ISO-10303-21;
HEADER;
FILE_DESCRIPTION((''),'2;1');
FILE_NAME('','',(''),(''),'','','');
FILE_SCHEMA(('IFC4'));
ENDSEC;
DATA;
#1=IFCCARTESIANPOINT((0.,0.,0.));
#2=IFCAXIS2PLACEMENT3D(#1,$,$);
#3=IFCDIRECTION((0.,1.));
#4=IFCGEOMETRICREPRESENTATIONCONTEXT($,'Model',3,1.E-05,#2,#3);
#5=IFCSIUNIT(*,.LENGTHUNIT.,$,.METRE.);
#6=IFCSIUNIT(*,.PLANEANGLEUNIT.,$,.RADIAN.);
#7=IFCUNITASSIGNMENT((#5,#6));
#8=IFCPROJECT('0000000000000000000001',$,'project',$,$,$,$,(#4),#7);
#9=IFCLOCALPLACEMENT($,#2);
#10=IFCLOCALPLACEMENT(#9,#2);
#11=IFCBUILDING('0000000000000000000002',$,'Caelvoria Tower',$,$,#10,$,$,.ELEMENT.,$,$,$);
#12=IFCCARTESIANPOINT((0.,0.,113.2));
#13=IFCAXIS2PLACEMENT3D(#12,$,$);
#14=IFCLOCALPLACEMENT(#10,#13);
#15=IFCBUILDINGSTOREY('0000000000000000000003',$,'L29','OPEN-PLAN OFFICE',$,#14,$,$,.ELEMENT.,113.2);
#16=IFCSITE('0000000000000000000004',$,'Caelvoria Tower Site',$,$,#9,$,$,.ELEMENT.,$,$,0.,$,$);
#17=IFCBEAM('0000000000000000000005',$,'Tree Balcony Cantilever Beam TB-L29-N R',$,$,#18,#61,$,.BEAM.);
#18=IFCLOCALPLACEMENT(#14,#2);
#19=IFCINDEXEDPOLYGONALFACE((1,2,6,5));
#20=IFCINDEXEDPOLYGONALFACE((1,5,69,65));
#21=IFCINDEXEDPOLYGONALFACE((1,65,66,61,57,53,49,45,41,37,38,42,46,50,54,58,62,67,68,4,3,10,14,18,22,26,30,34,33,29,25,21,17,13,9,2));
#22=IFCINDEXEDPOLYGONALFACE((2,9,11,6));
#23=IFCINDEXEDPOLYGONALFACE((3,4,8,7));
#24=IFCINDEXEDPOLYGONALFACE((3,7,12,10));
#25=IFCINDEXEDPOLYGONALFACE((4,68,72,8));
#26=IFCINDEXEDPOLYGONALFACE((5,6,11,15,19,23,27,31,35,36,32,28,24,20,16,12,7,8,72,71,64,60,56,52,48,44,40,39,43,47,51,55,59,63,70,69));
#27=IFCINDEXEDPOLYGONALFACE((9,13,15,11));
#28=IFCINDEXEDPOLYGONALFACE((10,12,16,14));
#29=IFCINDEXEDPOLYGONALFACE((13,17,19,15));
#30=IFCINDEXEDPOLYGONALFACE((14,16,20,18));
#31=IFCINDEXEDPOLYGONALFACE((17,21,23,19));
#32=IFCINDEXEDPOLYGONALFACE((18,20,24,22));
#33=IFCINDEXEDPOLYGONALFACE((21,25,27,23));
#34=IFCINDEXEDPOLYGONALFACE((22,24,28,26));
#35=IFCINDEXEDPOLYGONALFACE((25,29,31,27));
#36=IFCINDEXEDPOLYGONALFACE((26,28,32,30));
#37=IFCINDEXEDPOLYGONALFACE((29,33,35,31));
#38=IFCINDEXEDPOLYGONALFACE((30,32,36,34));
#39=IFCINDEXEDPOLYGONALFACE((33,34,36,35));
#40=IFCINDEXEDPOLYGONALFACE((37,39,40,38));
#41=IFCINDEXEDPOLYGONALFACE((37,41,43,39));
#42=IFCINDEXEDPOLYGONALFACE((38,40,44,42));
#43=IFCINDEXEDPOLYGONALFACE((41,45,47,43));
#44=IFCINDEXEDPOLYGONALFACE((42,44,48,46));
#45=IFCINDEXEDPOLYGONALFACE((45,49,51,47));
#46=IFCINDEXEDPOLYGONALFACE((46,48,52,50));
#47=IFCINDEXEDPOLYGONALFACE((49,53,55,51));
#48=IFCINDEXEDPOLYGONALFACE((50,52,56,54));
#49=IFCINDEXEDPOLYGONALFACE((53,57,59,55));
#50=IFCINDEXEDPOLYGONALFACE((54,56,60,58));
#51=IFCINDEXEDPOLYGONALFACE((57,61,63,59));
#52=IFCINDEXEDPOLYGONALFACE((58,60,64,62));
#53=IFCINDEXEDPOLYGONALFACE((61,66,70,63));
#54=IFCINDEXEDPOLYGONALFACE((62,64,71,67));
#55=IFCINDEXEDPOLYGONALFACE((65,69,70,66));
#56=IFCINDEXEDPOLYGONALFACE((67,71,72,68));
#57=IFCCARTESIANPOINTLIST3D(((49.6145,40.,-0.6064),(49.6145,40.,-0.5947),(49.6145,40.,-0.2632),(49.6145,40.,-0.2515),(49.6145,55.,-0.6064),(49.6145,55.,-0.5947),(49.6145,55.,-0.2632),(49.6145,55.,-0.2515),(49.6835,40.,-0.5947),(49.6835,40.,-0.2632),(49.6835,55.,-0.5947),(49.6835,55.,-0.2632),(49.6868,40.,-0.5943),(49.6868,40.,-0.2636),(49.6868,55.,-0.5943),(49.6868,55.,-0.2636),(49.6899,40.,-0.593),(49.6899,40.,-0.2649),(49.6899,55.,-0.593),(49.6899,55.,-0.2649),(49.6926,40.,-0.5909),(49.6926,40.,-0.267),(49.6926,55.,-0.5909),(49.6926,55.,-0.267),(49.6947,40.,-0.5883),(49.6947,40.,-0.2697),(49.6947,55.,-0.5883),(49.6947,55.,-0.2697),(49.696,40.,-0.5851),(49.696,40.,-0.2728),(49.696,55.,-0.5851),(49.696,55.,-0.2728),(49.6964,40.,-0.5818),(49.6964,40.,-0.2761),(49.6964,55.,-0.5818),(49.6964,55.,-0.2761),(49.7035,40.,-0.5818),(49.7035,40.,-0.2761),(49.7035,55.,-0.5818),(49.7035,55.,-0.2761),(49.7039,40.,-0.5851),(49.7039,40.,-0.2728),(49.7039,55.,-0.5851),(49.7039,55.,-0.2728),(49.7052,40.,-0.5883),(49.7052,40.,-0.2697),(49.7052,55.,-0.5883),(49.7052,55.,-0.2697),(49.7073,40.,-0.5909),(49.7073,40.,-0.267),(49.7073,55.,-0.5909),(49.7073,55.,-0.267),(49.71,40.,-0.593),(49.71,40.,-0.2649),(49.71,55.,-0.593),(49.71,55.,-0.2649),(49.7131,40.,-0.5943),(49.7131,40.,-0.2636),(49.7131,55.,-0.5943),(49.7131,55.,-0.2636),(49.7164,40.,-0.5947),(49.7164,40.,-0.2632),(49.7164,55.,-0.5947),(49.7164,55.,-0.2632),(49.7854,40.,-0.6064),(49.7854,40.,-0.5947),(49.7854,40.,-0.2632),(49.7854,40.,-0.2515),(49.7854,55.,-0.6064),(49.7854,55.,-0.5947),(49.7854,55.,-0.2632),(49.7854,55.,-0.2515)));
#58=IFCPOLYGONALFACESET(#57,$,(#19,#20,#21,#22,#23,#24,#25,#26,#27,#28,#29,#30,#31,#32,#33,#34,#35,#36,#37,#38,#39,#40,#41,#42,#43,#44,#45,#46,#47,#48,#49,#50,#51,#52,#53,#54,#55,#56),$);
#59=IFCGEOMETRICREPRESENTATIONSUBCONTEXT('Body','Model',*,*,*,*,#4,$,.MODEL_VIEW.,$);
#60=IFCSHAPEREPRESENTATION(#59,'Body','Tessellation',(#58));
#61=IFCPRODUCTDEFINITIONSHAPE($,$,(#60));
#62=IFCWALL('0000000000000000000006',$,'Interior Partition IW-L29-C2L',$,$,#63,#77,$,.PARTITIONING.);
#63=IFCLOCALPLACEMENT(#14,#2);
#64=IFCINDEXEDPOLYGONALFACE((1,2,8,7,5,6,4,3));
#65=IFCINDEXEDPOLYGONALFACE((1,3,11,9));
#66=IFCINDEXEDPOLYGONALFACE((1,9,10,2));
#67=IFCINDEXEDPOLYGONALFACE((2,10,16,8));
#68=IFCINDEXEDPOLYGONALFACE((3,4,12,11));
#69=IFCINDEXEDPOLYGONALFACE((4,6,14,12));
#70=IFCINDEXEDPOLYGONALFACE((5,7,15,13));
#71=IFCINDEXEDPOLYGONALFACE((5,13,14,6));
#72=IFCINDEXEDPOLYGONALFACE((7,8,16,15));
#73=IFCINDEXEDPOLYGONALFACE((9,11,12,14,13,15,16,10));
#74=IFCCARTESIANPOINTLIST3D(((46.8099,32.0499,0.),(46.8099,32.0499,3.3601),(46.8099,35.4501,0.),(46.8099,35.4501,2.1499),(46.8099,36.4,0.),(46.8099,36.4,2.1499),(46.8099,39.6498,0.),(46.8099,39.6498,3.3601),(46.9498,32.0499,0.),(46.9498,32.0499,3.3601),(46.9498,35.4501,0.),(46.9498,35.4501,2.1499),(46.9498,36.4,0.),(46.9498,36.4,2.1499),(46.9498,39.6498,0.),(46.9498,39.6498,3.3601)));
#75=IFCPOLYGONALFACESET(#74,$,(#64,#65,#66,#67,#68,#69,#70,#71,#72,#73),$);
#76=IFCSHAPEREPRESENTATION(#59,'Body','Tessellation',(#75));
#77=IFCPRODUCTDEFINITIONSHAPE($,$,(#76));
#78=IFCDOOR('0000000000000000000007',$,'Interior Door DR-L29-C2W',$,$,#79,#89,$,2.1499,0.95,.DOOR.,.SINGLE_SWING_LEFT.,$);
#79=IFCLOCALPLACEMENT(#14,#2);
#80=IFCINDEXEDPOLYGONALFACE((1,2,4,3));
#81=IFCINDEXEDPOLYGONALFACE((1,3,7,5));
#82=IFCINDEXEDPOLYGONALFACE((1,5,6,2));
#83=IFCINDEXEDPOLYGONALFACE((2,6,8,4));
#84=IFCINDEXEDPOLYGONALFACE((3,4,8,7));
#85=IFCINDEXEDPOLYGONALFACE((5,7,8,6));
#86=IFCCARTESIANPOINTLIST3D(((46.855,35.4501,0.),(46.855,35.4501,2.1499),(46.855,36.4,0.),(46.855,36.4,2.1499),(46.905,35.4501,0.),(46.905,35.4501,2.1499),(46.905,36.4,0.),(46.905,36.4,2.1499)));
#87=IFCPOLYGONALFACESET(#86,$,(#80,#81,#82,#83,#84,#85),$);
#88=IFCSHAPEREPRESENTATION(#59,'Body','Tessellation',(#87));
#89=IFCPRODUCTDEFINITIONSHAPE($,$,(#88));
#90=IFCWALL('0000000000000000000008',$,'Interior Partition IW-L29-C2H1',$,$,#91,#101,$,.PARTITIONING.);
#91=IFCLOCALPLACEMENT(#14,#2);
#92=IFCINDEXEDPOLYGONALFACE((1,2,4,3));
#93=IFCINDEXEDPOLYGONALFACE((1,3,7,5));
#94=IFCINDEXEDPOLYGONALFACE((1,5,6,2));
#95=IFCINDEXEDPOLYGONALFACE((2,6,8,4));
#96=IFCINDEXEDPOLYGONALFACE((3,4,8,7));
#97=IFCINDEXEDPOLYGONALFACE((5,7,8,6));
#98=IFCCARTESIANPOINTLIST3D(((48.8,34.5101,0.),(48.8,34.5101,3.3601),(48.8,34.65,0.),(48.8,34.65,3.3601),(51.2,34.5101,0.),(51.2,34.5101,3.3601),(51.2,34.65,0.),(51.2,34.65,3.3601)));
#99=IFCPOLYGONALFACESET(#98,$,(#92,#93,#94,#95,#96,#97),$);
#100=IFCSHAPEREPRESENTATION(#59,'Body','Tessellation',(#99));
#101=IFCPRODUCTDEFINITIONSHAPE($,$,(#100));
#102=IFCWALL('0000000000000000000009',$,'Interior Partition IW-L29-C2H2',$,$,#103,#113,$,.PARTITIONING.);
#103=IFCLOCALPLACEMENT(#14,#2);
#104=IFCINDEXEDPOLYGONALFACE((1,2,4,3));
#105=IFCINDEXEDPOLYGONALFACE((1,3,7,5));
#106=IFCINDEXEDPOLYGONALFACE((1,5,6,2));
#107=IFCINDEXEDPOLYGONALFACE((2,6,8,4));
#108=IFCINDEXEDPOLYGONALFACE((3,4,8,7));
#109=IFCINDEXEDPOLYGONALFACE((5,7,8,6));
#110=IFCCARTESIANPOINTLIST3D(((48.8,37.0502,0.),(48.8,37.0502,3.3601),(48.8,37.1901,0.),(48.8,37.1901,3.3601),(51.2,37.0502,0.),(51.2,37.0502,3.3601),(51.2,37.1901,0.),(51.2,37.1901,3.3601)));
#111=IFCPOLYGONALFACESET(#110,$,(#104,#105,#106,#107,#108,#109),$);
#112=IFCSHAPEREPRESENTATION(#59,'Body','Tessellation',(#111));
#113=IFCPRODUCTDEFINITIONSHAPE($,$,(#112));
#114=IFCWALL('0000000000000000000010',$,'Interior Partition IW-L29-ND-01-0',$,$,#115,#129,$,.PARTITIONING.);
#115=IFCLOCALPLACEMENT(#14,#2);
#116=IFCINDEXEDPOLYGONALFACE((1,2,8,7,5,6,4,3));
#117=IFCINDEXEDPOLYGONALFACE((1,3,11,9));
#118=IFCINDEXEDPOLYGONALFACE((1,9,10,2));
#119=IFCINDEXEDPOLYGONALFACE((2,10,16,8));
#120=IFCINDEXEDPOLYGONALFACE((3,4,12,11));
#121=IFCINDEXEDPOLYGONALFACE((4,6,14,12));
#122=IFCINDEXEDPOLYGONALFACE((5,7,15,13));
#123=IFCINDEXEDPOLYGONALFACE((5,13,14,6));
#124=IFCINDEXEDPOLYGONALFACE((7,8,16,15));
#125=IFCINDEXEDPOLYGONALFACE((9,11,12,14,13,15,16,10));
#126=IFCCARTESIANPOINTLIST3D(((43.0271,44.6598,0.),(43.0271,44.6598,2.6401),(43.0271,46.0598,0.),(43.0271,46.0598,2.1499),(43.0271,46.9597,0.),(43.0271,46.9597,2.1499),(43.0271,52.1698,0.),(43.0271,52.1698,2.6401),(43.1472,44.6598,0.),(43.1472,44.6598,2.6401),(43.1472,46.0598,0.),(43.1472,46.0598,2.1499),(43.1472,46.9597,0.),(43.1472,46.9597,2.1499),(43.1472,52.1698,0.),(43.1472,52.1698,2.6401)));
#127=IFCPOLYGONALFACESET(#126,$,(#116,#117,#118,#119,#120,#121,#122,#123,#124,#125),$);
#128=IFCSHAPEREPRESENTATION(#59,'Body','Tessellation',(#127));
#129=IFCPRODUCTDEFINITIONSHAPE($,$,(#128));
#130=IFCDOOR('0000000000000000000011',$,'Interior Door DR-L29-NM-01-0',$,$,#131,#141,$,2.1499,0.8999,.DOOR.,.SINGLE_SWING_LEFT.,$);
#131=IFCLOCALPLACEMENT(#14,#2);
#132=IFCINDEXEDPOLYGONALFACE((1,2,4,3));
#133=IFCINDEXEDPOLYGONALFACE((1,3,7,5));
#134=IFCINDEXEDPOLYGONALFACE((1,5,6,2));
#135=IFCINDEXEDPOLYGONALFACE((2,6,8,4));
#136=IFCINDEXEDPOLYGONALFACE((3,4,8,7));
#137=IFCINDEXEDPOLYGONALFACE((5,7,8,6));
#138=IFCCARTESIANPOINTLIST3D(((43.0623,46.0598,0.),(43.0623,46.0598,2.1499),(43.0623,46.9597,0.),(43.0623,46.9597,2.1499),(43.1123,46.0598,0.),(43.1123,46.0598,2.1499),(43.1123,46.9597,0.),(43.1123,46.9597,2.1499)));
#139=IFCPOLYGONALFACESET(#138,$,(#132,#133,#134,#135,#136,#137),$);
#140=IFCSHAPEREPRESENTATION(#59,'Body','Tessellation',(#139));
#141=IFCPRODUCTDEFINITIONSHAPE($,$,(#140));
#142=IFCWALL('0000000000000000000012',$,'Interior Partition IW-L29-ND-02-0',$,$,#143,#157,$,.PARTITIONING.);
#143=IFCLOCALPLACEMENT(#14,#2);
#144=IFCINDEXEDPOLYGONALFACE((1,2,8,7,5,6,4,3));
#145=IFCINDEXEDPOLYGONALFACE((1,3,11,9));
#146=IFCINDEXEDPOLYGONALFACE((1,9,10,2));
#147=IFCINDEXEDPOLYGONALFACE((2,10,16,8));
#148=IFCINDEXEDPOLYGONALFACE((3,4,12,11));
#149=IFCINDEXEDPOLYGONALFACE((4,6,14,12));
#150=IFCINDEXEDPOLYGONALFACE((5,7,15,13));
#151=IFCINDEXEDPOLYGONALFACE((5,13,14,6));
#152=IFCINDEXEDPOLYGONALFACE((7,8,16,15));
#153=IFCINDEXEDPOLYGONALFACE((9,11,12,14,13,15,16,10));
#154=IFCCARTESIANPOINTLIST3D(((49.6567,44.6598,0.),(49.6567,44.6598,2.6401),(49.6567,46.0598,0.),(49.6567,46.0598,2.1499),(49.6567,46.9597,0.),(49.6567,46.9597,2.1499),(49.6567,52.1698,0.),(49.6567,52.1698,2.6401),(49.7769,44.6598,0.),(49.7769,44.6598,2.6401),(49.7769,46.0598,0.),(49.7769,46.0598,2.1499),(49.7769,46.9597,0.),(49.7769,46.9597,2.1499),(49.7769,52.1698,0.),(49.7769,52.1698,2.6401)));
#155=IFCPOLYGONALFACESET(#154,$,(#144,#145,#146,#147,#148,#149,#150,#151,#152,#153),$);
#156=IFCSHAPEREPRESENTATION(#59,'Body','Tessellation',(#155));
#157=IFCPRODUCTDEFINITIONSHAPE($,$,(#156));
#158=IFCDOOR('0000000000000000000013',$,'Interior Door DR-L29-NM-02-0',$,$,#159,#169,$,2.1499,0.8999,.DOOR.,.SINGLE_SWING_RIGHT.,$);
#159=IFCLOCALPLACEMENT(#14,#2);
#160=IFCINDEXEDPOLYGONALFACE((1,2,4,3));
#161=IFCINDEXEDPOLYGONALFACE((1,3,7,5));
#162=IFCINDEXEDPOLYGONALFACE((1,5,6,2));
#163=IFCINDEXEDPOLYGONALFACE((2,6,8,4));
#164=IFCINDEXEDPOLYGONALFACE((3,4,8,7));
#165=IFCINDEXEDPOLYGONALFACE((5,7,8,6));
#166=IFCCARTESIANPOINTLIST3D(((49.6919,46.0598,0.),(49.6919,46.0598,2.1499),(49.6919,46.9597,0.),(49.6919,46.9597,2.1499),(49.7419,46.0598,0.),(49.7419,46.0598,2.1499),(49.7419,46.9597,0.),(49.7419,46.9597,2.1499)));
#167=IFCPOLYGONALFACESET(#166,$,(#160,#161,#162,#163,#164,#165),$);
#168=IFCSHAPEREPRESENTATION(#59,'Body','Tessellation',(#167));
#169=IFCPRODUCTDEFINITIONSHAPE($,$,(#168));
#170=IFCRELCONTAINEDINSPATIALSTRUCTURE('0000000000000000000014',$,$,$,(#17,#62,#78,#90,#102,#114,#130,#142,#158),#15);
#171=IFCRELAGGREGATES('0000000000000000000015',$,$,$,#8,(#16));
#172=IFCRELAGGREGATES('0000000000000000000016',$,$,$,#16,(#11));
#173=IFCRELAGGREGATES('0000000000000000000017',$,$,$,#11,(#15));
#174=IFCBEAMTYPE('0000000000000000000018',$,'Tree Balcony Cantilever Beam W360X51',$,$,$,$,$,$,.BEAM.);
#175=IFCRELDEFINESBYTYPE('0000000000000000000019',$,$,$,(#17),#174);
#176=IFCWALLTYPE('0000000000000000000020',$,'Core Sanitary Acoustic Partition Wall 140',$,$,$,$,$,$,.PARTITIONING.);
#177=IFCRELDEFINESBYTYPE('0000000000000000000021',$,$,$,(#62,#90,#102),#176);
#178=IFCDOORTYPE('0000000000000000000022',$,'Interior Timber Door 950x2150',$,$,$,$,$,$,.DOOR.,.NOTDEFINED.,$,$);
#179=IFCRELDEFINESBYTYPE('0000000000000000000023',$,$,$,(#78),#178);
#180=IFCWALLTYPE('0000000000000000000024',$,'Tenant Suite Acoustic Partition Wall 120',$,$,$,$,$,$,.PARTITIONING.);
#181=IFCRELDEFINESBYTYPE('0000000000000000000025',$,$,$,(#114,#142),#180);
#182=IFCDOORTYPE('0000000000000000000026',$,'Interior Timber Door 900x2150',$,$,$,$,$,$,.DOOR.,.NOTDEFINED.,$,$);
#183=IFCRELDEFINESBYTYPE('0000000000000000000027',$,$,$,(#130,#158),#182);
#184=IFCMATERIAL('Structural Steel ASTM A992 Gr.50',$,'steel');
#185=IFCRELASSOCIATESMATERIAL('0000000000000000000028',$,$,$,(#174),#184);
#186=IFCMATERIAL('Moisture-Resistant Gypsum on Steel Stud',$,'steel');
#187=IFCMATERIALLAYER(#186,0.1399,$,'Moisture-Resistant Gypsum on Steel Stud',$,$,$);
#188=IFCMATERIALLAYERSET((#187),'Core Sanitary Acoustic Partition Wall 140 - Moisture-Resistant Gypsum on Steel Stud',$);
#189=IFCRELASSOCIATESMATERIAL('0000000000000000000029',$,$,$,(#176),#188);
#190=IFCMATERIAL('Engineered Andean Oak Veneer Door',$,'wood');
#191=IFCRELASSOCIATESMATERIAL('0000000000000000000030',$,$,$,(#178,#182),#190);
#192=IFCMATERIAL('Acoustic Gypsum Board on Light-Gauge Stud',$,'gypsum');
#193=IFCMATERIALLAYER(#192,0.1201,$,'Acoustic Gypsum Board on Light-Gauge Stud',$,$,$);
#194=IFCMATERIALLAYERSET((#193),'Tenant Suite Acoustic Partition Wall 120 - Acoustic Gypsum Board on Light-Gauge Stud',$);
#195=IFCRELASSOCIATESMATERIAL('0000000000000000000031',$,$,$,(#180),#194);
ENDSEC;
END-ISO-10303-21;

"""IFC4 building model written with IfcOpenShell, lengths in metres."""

from ifc_helpers import new_model, si_unit, direction, frame, frame_2d, origin, origin_2d, place, context, subcontext, project, spatial, rectangle, i_section, extrude, material, layer, layer_set, material_profile, profile_set, type_object, element, fill, save


model = new_model("IFC4")

# Units and contexts
model_context = context("Model", 3, precision=1e-05, world=origin(), true_north=direction((0.0, 1.0)))
body_context = subcontext(model_context, "Body", "Model", "MODEL_VIEW")
ifc_project = project(units=[si_unit("LENGTHUNIT", "METRE"), si_unit("PLANEANGLEUNIT", "RADIAN")], contexts=[model_context])

# Site, building, storey
site_placement = place(None, origin())
site = spatial("IfcSite", under=ifc_project, at=site_placement, Name="Caelvoria Tower Site", CompositionType="ELEMENT", RefElevation=0.0)
building_placement = place(site_placement, origin())
building = spatial("IfcBuilding", under=site, at=building_placement, Name="Caelvoria Tower", CompositionType="ELEMENT")
storey_placement = place(building_placement, frame((0.0, 0.0, 113.2)))
storey = spatial("IfcBuildingStorey", under=building, at=storey_placement, Name="L29", Description="OPEN-PLAN OFFICE", CompositionType="ELEMENT", Elevation=113.2)

# Beam
ifc_material_1 = material(Name="Structural Steel ASTM A992 Gr.50", Category="steel")
ifc_material_profile_1 = material_profile(ifc_material_1, i_section(OverallWidth=0.1709, OverallDepth=0.355, WebThickness=0.0071, FlangeThickness=0.0117, FilletRadius=0.0129, at=origin_2d()), Name="Structural Steel ASTM A992 Gr.50")
ifc_profile_set_1 = profile_set([ifc_material_profile_1], Name="W360X51 - Structural Steel ASTM A992 Gr.50")
beam_type_1 = type_object("IfcBeamType", Name="Tree Balcony Cantilever Beam W360X51", PredefinedType="BEAM", material=ifc_profile_set_1)
beam_1_placement = place(storey_placement, frame((49.7, 40.0, -0.429), z_axis=(0.0, 1.0, 0.0), x_axis=(-1.0, 0.0, 0.0)))
element("IfcBeam", 1, at=beam_1_placement, inside=storey, type_object=beam_type_1, Name="Tree Balcony Cantilever Beam TB-L29-N R", PredefinedType="BEAM", context=body_context, shape_type="SweptSolid", body=[
    extrude(i_section(OverallWidth=0.1709, OverallDepth=0.355, WebThickness=0.0071, FlangeThickness=0.0117, FilletRadius=0.0129, at=origin_2d()), origin(), (0.0, 0.0, 1.0), 15.0),
])

# Wall, opening, door
ifc_material_2 = material(Name="Moisture-Resistant Gypsum on Steel Stud", Category="steel")
ifc_layer_1 = layer(ifc_material_2, 0.1399, Name="Moisture-Resistant Gypsum on Steel Stud")
ifc_layer_set_1 = layer_set([ifc_layer_1], Name="Core Sanitary Acoustic Partition Wall 140 - Moisture-Resistant Gypsum on Steel Stud")
wall_type_1 = type_object("IfcWallType", Name="Core Sanitary Acoustic Partition Wall 140", PredefinedType="PARTITIONING", material=ifc_layer_set_1)
wall_1_placement = place(storey_placement, frame((46.8799, 32.05, 0.0), z_axis=(0.0, 0.0, 1.0), x_axis=(0.0, 1.0, 0.0)))
wall_1 = element("IfcWall", 2, at=wall_1_placement, inside=storey, type_object=wall_type_1, Name="Interior Partition IW-L29-C2L", PredefinedType="PARTITIONING", context=body_context, shape_type="SweptSolid", body=[
    extrude(rectangle(XDim=7.5999, YDim=0.1399, at=frame_2d((3.7998, 0.0))), origin(), (0.0, 0.0, 1.0), 3.3601),
])
opening_1_placement = place(wall_1_placement, frame((3.3999, 0.0, 0.0)))
opening_1 = element("IfcOpeningElement", 3, at=opening_1_placement, cuts=wall_1, PredefinedType="OPENING", context=body_context, shape_type="SweptSolid", body=[
    extrude(rectangle(XDim=0.95, YDim=2.1499, at=frame_2d((0.4751, 1.075))), frame((0.0, 0.0798, 0.0), z_axis=(0.0, -1.0, 0.0), x_axis=(1.0, 0.0, 0.0)), (0.0, 0.0, 1.0), 0.1599),
])
ifc_material_3 = material(Name="Engineered Andean Oak Veneer Door", Category="wood")
door_type_1 = type_object("IfcDoorType", Name="Interior Timber Door 950x2150", OperationType="NOTDEFINED", PredefinedType="DOOR", material=ifc_material_3)
door_1_placement = place(opening_1_placement, origin())
door_1 = element("IfcDoor", 4, at=door_1_placement, inside=storey, type_object=door_type_1, Name="Interior Door DR-L29-C2W", OperationType="SINGLE_SWING_LEFT", OverallHeight=2.1499, OverallWidth=0.95, PredefinedType="DOOR", context=body_context, shape_type="SweptSolid", body=[
    extrude(rectangle(XDim=0.95, YDim=2.1499, at=frame_2d((0.4751, 1.075))), frame((0.0, 0.0249, 0.0), z_axis=(0.0, -1.0, 0.0), x_axis=(1.0, 0.0, 0.0)), (0.0, 0.0, 1.0), 0.05),
])
fill(opening_1, door_1)

# Shared definitions
door_type_2 = type_object("IfcDoorType", Name="Interior Timber Door 900x2150", OperationType="NOTDEFINED", PredefinedType="DOOR", material=ifc_material_3)

# Walls
for number, where, z_axis, x_axis, name in (
    (5, (48.8, 34.5801, 0.0), (0.0, 0.0, 1.0), (1.0, 0.0, 0.0), "Interior Partition IW-L29-C2H1"),
    (6, (48.8, 37.1201, 0.0), (0.0, 0.0, 1.0), (1.0, 0.0, 0.0), "Interior Partition IW-L29-C2H2"),
):
    element("IfcWall", number, at=place(storey_placement, frame(where, z_axis=z_axis, x_axis=x_axis)), inside=storey, type_object=wall_type_1, Name=name, PredefinedType="PARTITIONING", context=body_context, shape_type="SweptSolid", body=[
        extrude(rectangle(XDim=2.3999, YDim=0.1399, at=frame_2d((1.2, 0.0))), origin(), (0.0, 0.0, 1.0), 3.3601),
    ])

# Walls, openings, doors
ifc_material_4 = material(Name="Acoustic Gypsum Board on Light-Gauge Stud", Category="gypsum")
ifc_layer_2 = layer(ifc_material_4, 0.1201, Name="Acoustic Gypsum Board on Light-Gauge Stud")
ifc_layer_set_2 = layer_set([ifc_layer_2], Name="Tenant Suite Acoustic Partition Wall 120 - Acoustic Gypsum Board on Light-Gauge Stud")
wall_type_2 = type_object("IfcWallType", Name="Tenant Suite Acoustic Partition Wall 120", PredefinedType="PARTITIONING", material=ifc_layer_set_2)
wall_2_placement = place(storey_placement, frame((43.0872, 44.6599, 0.0), z_axis=(0.0, 0.0, 1.0), x_axis=(0.0, 1.0, 0.0)))
wall_2 = element("IfcWall", 7, at=wall_2_placement, inside=storey, type_object=wall_type_2, Name="Interior Partition IW-L29-ND-01-0", PredefinedType="PARTITIONING", context=body_context, shape_type="SweptSolid", body=[
    extrude(rectangle(XDim=7.51, YDim=0.1201, at=frame_2d((3.7549, 0.0))), origin(), (0.0, 0.0, 1.0), 2.6401),
])
opening_2_placement = place(wall_2_placement, frame((1.3999, 0.0, 0.0)))
opening_2 = element("IfcOpeningElement", 8, at=opening_2_placement, cuts=wall_2, PredefinedType="OPENING", context=body_context, shape_type="SweptSolid", body=[
    extrude(rectangle(XDim=0.8999, YDim=2.1499, at=frame_2d((0.45, 1.075))), frame((0.0, 0.0701, 0.0), z_axis=(0.0, -1.0, 0.0), x_axis=(1.0, 0.0, 0.0)), (0.0, 0.0, 1.0), 0.1401),
])
door_2_placement = place(opening_2_placement, origin())
door_2 = element("IfcDoor", 9, at=door_2_placement, inside=storey, type_object=door_type_2, Name="Interior Door DR-L29-NM-01-0", OperationType="SINGLE_SWING_LEFT", OverallHeight=2.1499, OverallWidth=0.8999, PredefinedType="DOOR", context=body_context, shape_type="SweptSolid", body=[
    extrude(rectangle(XDim=0.8999, YDim=2.1499, at=frame_2d((0.45, 1.075))), frame((0.0, 0.0249, 0.0), z_axis=(0.0, -1.0, 0.0), x_axis=(1.0, 0.0, 0.0)), (0.0, 0.0, 1.0), 0.05),
])
fill(opening_2, door_2)
wall_3_placement = place(storey_placement, frame((49.7168, 44.6599, 0.0), z_axis=(0.0, 0.0, 1.0), x_axis=(0.0, 1.0, 0.0)))
wall_3 = element("IfcWall", 10, at=wall_3_placement, inside=storey, type_object=wall_type_2, Name="Interior Partition IW-L29-ND-02-0", PredefinedType="PARTITIONING", context=body_context, shape_type="SweptSolid", body=[
    extrude(rectangle(XDim=7.51, YDim=0.1201, at=frame_2d((3.7549, 0.0))), origin(), (0.0, 0.0, 1.0), 2.6401),
])
opening_3_placement = place(wall_3_placement, frame((1.3999, 0.0, 0.0)))
opening_3 = element("IfcOpeningElement", 11, at=opening_3_placement, cuts=wall_3, PredefinedType="OPENING", context=body_context, shape_type="SweptSolid", body=[
    extrude(rectangle(XDim=0.8999, YDim=2.1499, at=frame_2d((0.45, 1.075))), frame((0.0, 0.0701, 0.0), z_axis=(0.0, -1.0, 0.0), x_axis=(1.0, 0.0, 0.0)), (0.0, 0.0, 1.0), 0.1401),
])
door_3_placement = place(opening_3_placement, origin())
door_3 = element("IfcDoor", 12, at=door_3_placement, inside=storey, type_object=door_type_2, Name="Interior Door DR-L29-NM-02-0", OperationType="SINGLE_SWING_RIGHT", OverallHeight=2.1499, OverallWidth=0.8999, PredefinedType="DOOR", context=body_context, shape_type="SweptSolid", body=[
    extrude(rectangle(XDim=0.8999, YDim=2.1499, at=frame_2d((0.45, 1.075))), frame((0.0, 0.0249, 0.0), z_axis=(0.0, -1.0, 0.0), x_axis=(1.0, 0.0, 0.0)), (0.0, 0.0, 1.0), 0.05),
])
fill(opening_3, door_3)

save(model, "model.ifc")
